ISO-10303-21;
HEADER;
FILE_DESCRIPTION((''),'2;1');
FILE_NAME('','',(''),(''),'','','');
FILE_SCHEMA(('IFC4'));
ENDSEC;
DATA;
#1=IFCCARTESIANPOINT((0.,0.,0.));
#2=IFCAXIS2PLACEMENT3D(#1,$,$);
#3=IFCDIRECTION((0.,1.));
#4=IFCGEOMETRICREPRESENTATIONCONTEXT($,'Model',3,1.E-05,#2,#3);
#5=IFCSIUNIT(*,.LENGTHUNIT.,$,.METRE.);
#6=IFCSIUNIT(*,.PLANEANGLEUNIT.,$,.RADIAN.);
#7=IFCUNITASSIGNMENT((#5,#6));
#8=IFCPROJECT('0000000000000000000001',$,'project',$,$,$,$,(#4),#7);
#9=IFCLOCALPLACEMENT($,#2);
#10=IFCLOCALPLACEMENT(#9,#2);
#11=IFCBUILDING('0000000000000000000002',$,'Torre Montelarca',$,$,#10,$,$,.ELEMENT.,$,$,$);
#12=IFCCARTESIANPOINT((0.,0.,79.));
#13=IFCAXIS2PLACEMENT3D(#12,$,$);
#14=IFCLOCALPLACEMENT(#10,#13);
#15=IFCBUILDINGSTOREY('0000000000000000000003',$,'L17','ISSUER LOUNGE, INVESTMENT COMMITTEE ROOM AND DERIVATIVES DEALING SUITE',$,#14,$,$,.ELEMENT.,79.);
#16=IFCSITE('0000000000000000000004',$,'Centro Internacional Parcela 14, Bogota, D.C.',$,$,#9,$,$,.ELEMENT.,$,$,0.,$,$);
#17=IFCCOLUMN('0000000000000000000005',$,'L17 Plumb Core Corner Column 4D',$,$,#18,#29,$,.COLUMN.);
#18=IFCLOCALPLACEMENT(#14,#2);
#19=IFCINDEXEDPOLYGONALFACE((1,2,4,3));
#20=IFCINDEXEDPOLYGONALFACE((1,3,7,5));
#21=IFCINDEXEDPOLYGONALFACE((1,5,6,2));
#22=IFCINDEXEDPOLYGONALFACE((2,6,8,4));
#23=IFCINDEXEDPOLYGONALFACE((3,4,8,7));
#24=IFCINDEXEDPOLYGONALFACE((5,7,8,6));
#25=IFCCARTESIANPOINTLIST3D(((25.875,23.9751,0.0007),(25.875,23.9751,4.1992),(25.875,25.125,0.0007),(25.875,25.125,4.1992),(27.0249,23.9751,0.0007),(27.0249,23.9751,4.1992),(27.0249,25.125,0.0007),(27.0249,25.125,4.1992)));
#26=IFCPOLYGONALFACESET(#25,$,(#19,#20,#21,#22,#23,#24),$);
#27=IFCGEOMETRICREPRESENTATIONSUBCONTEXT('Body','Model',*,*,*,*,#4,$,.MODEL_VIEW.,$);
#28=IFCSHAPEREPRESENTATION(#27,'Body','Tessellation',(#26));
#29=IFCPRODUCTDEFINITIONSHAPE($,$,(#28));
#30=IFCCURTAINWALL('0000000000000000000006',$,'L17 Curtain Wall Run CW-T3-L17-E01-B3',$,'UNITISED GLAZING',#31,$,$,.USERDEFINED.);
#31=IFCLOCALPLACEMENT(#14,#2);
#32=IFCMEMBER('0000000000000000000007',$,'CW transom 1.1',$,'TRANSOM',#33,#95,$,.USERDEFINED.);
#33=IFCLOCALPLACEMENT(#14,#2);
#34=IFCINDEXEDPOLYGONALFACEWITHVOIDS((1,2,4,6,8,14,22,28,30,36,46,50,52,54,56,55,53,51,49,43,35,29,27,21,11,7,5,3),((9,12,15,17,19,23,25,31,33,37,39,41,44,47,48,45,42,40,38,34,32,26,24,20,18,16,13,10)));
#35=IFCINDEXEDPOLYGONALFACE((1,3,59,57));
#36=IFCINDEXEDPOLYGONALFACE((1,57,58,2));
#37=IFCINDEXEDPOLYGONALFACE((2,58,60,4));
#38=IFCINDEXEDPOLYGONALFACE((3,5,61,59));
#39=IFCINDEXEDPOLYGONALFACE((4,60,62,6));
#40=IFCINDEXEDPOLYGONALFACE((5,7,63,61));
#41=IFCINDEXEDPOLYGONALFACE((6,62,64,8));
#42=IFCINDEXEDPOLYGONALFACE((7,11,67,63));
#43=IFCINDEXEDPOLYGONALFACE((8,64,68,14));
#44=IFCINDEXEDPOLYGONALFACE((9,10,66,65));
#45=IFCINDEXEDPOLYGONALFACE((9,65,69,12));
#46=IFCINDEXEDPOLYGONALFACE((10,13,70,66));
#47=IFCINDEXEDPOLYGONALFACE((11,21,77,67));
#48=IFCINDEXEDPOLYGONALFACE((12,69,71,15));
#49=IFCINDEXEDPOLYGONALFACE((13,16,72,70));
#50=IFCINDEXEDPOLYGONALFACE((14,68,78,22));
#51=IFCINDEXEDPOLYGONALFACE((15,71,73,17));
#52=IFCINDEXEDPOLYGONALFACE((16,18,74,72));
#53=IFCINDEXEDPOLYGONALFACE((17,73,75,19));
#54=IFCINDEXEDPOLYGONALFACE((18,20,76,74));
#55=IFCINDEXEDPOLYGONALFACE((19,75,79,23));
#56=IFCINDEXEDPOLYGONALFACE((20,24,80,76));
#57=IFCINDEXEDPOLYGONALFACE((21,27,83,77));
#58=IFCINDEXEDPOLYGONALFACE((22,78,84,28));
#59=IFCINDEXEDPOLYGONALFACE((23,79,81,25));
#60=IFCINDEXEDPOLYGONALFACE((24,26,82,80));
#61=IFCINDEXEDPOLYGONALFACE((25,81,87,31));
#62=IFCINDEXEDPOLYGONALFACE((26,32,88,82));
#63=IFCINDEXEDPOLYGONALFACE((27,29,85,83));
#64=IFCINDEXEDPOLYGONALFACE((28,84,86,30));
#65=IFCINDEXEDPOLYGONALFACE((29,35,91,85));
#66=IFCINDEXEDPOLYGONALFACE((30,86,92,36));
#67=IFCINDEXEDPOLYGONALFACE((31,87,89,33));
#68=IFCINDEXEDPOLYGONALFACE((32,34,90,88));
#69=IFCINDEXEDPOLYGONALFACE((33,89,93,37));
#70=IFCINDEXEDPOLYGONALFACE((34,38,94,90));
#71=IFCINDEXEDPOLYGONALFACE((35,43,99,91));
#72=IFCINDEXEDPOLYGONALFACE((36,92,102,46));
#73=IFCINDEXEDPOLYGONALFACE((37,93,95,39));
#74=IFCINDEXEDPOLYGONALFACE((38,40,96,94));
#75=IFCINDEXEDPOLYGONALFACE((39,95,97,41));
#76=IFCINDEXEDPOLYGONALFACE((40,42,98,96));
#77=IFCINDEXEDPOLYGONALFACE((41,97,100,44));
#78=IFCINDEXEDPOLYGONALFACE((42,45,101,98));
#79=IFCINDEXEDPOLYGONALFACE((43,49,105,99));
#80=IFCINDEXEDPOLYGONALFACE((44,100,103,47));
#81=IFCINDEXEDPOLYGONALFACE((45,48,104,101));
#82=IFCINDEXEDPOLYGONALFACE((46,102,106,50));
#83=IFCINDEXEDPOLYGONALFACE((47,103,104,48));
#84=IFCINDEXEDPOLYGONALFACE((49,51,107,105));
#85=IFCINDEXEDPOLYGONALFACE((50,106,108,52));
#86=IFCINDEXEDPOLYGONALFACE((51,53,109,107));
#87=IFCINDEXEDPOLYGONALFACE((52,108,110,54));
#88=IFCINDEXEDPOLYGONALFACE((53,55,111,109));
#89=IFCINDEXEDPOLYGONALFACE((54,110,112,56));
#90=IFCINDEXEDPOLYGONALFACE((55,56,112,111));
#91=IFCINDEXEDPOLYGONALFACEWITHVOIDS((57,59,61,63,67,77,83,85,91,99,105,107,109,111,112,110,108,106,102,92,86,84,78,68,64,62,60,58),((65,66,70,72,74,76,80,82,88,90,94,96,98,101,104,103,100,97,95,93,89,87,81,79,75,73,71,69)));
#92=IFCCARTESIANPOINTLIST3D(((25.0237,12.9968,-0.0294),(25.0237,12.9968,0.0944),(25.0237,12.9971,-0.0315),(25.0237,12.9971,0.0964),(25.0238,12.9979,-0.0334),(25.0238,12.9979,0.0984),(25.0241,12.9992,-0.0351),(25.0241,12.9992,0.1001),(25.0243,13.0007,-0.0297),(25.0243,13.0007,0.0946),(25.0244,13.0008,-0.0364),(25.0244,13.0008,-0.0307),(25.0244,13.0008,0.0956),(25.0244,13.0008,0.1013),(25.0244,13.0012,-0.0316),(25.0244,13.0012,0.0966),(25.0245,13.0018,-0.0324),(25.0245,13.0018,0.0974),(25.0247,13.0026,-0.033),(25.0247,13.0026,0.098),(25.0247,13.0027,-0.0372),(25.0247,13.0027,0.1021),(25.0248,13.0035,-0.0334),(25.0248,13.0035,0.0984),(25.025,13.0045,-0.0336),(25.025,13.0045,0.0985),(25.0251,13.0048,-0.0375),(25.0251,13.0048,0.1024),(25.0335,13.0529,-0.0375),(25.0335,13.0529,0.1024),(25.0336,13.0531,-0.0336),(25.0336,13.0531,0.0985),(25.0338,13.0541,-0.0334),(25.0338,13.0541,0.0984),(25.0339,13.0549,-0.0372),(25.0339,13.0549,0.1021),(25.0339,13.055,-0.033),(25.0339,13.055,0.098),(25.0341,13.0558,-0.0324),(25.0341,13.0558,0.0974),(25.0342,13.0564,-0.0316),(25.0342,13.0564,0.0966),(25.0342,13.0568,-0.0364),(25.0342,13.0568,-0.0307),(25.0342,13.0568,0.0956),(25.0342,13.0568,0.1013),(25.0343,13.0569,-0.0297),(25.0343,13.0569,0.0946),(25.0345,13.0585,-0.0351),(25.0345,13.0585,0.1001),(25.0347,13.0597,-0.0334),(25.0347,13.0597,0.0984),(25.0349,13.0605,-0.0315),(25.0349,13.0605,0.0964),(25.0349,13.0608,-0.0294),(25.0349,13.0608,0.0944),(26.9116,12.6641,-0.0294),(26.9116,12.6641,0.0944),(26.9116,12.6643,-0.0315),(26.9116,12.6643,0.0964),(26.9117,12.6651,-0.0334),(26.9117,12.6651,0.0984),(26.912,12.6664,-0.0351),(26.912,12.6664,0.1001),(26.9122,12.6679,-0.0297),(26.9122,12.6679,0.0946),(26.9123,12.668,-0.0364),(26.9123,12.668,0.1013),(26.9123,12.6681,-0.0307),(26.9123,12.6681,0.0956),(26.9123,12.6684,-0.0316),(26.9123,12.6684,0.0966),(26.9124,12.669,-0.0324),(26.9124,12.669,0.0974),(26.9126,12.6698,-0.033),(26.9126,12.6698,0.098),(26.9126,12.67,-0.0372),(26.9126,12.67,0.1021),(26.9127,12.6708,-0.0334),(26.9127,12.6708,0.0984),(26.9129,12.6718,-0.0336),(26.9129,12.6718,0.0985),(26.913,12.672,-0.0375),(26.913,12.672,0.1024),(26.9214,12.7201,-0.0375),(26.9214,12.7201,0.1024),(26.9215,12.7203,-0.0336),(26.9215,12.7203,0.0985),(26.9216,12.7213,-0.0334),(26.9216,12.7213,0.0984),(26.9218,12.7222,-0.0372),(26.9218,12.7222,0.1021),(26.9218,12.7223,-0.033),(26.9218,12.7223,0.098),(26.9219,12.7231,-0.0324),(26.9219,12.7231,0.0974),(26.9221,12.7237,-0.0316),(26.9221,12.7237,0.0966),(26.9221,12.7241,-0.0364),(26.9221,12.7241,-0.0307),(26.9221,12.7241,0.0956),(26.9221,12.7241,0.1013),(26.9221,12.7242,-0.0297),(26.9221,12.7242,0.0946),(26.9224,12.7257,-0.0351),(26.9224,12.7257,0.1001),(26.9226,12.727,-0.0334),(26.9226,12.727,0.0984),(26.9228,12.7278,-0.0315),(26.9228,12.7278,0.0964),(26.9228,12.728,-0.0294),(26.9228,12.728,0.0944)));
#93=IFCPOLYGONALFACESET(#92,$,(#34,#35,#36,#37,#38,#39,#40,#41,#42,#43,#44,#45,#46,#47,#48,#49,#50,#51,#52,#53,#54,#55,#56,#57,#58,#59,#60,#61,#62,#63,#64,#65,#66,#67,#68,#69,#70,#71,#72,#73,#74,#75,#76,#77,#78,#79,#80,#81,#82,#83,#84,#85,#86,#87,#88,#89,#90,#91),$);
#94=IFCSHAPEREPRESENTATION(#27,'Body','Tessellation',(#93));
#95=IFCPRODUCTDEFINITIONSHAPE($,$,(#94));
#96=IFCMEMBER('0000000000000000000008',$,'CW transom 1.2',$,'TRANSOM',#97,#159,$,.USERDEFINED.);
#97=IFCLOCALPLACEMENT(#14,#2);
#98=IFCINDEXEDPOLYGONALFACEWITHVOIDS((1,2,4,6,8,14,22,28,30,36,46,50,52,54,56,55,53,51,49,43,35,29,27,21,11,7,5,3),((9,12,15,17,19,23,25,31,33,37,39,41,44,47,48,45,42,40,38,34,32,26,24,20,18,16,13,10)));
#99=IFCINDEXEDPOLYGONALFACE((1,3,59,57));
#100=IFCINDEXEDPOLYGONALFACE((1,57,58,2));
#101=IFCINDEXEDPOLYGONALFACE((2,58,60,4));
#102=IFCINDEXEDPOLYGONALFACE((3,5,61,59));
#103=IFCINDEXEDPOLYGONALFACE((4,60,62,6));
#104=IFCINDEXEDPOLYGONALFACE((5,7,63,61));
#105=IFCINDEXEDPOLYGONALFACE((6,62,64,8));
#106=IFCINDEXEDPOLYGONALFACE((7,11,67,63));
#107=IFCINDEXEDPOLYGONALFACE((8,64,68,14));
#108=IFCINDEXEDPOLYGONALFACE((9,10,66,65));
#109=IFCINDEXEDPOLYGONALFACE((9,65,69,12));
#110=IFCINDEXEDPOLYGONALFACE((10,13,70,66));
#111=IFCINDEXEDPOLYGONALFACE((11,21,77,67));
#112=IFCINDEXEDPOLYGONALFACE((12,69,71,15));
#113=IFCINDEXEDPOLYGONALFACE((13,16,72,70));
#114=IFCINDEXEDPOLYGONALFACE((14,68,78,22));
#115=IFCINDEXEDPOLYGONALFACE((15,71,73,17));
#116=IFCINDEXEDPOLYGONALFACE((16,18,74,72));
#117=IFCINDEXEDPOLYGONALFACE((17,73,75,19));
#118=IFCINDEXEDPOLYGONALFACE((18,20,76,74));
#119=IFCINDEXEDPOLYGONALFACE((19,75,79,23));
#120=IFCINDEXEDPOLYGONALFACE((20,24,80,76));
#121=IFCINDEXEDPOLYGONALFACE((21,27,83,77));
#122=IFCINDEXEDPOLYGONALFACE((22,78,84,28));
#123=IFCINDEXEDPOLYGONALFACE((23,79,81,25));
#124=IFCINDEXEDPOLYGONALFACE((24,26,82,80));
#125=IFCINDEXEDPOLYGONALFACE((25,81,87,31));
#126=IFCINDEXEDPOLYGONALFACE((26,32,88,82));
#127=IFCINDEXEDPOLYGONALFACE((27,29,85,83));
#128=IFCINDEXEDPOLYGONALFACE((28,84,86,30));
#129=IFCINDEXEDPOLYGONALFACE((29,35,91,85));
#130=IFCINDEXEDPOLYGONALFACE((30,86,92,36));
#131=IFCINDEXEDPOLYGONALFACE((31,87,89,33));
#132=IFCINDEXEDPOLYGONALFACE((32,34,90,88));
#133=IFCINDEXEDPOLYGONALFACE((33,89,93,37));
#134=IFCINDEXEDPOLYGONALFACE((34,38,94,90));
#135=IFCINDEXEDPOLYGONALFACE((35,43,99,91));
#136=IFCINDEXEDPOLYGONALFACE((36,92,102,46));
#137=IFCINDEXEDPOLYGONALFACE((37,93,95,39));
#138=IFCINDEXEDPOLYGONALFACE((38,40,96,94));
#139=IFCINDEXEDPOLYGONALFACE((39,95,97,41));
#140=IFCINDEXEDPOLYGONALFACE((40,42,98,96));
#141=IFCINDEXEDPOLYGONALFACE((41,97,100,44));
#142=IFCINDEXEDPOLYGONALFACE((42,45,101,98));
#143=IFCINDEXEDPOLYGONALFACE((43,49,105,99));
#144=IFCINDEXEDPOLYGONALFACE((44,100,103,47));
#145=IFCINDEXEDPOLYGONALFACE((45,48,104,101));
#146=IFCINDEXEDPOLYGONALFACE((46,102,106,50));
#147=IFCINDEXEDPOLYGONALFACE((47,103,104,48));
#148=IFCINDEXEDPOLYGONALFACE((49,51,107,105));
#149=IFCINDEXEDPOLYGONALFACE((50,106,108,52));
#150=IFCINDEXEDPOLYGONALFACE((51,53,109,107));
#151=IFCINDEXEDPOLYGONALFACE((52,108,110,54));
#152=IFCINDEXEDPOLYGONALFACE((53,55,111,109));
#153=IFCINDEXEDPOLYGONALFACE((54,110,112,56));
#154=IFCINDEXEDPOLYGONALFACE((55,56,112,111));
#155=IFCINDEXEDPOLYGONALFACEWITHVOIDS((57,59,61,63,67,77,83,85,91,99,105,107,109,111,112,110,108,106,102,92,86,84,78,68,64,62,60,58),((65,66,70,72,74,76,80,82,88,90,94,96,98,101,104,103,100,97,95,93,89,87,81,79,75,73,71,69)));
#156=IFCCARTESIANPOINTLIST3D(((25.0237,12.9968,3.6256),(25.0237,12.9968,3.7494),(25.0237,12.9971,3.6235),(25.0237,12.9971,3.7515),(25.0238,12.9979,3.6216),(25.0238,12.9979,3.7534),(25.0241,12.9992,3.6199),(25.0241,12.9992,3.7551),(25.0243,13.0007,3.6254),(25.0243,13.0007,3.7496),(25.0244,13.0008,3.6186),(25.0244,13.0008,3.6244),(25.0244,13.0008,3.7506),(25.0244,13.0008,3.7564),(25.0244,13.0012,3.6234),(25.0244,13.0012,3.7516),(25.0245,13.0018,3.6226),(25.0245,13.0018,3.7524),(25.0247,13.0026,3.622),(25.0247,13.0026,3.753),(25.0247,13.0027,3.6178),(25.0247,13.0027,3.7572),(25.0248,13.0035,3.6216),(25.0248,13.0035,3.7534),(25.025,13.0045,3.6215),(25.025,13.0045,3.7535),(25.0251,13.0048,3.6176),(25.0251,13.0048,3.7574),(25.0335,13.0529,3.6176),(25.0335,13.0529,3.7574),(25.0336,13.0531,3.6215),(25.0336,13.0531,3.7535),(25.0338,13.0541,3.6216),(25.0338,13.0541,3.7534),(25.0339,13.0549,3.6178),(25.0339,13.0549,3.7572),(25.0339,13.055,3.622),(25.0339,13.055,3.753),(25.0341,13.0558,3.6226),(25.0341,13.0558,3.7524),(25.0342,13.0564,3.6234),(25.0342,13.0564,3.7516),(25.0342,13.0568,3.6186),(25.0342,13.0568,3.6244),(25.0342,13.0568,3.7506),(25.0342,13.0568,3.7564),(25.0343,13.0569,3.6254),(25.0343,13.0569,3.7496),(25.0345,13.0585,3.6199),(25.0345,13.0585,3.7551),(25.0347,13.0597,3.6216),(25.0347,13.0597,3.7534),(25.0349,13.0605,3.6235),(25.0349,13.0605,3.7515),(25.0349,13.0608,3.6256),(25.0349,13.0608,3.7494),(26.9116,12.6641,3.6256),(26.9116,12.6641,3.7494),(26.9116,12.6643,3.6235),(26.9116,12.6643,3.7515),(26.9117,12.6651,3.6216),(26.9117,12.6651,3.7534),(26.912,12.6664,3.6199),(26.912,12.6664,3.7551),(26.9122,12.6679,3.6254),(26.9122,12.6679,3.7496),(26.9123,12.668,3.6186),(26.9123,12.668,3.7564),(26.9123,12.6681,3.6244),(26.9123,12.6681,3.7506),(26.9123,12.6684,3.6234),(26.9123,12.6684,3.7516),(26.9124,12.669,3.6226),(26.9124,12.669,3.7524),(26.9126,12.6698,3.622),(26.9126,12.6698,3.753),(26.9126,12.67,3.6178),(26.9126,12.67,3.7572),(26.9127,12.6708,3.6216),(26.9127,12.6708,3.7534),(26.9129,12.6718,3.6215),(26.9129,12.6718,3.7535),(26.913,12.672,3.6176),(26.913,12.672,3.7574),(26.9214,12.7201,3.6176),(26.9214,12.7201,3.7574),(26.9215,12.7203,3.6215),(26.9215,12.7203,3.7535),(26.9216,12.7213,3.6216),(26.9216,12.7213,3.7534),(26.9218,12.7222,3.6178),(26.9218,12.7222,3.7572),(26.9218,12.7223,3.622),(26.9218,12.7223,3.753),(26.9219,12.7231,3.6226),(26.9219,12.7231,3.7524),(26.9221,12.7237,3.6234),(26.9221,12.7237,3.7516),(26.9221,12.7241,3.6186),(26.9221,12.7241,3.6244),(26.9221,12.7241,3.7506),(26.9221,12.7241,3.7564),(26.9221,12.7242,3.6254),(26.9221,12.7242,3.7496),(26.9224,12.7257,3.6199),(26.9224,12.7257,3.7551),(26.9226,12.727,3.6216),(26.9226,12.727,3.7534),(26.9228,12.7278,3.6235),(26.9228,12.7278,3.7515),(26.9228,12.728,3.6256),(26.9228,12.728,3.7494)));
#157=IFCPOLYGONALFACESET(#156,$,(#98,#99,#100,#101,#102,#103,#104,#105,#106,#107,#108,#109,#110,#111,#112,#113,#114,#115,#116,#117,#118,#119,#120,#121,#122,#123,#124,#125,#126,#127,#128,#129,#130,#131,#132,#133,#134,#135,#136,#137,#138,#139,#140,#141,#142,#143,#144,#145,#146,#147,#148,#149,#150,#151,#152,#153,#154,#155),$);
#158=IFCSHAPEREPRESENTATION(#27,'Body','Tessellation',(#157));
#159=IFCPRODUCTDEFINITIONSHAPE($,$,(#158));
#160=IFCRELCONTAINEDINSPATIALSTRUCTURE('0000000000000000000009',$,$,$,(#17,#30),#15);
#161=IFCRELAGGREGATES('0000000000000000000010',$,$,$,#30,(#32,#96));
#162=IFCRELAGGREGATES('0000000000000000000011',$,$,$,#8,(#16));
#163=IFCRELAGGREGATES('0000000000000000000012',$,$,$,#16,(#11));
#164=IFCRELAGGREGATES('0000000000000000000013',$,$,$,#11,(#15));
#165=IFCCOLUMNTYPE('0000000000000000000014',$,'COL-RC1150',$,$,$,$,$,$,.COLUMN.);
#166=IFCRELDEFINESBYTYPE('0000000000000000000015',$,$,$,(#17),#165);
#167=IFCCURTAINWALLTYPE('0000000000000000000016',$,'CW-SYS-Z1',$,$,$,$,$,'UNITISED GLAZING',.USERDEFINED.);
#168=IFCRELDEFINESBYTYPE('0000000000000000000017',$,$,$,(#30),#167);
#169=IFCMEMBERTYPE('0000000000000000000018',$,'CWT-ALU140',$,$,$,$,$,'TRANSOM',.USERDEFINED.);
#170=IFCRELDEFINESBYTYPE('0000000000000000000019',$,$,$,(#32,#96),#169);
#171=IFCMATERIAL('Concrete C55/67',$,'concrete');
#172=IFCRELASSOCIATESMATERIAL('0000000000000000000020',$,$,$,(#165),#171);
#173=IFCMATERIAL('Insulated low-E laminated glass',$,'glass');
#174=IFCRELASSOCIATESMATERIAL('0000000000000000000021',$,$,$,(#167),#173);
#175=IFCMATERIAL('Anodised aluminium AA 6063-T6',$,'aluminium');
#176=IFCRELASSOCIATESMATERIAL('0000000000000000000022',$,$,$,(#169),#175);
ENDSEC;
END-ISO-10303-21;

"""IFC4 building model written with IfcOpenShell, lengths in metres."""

from ifc_helpers import new_model, si_unit, direction, frame, origin, origin_2d, place, context, subcontext, project, spatial, rectangle, hollow_rectangle, extrude, source, transform, mapped, material, material_profile, profile_set, type_object, element, aggregate, save


model = new_model("IFC4")

# Units and contexts
model_context = context("Model", 3, precision=1e-05, world=origin(), true_north=direction((0.0, 1.0)))
body_context = subcontext(model_context, "Body", "Model", "MODEL_VIEW")
ifc_project = project(units=[si_unit("LENGTHUNIT", "METRE"), si_unit("PLANEANGLEUNIT", "RADIAN")], contexts=[model_context])

# Site, building, storey
site_placement = place(None, origin())
site = spatial("IfcSite", under=ifc_project, at=site_placement, Name="Centro Internacional Parcela 14, Bogota, D.C.", CompositionType="ELEMENT", RefElevation=0.0)
building_placement = place(site_placement, origin())
building = spatial("IfcBuilding", under=site, at=building_placement, Name="Torre Montelarca", CompositionType="ELEMENT")
storey_placement = place(building_placement, frame((0.0, 0.0, 79.0)))
storey = spatial("IfcBuildingStorey", under=building, at=storey_placement, Name="L17", Description="ISSUER LOUNGE, INVESTMENT COMMITTEE ROOM AND DERIVATIVES DEALING SUITE", CompositionType="ELEMENT", Elevation=79.0)

# Column
ifc_material_1 = material(Name="Concrete C55/67", Category="concrete")
ifc_material_profile_1 = material_profile(ifc_material_1, rectangle(XDim=1.1499, YDim=1.1499, at=origin_2d()), Name="RC1150X1150", Category="concrete")
ifc_profile_set_1 = profile_set([ifc_material_profile_1], Name="Concrete C55/67")
column_type_1 = type_object("IfcColumnType", Name="COL-RC1150", PredefinedType="COLUMN", material=ifc_profile_set_1)
shared_shape_1 = source(origin(), body_context, "Body", "SweptSolid", [
    extrude(rectangle(XDim=1.1499, YDim=1.1499, at=origin_2d()), origin(), (0.0, 0.0, 1.0), 4.1985),
])
column_1_placement = place(storey_placement, frame((26.45, 24.55, 0.0007), z_axis=(0.0, 0.0, 1.0), x_axis=(1.0, 0.0, 0.0)))
element("IfcColumn", 1, at=column_1_placement, inside=storey, type_object=column_type_1, Name="L17 Plumb Core Corner Column 4D", PredefinedType="COLUMN", context=body_context, shape_type="MappedRepresentation", body=[
    mapped(shared_shape_1, transform((0.0, 0.0, 0.0), scale=1.0)),
])

# Curtain wall, members
ifc_material_2 = material(Name="Insulated low-E laminated glass", Category="glass")
curtain_wall_type = type_object("IfcCurtainWallType", Name="CW-SYS-Z1", ElementType="UNITISED GLAZING", PredefinedType="USERDEFINED", material=ifc_material_2)
curtain_wall_1_placement = place(storey_placement, origin())
curtain_wall_1 = element("IfcCurtainWall", 2, at=curtain_wall_1_placement, inside=storey, type_object=curtain_wall_type, Name="L17 Curtain Wall Run CW-T3-L17-E01-B3", ObjectType="UNITISED GLAZING", PredefinedType="USERDEFINED")
ifc_material_3 = material(Name="Anodised aluminium AA 6063-T6", Category="aluminium")
ifc_material_profile_2 = material_profile(ifc_material_3, hollow_rectangle(XDim=0.0649, YDim=0.1399, WallThickness=0.0039, InnerFilletRadius=0.0039, OuterFilletRadius=0.0081, at=origin_2d()), Name="ALU65X140X4", Category="aluminium")
ifc_profile_set_2 = profile_set([ifc_material_profile_2], Name="Anodised aluminium AA 6063-T6")
member_type_1 = type_object("IfcMemberType", Name="CWT-ALU140", ElementType="TRANSOM", PredefinedType="USERDEFINED", material=ifc_profile_set_2)
shared_shape_2 = source(origin(), body_context, "Body", "SweptSolid", [
    extrude(hollow_rectangle(XDim=0.0649, YDim=0.1399, WallThickness=0.0039, InnerFilletRadius=0.0039, OuterFilletRadius=0.0081, at=origin_2d()), origin(), (0.0, 0.0, 1.0), 1.917),
])
member_1_placement = place(storey_placement, frame((25.0293, 13.0288, 0.0325), z_axis=(0.984819, -0.173582, 0.0), x_axis=(0.173582, 0.984819, 0.0)))
member_1 = element("IfcMember", 3, at=member_1_placement, type_object=member_type_1, Name="CW transom 1.1", ObjectType="TRANSOM", PredefinedType="USERDEFINED", context=body_context, shape_type="MappedRepresentation", body=[
    mapped(shared_shape_2, transform((0.0, 0.0, 0.0), scale=1.0)),
])
member_2_placement = place(storey_placement, frame((25.0293, 13.0288, 3.6875), z_axis=(0.984819, -0.173582, 0.0), x_axis=(0.173582, 0.984819, 0.0)))
member_2 = element("IfcMember", 4, at=member_2_placement, type_object=member_type_1, Name="CW transom 1.2", ObjectType="TRANSOM", PredefinedType="USERDEFINED", context=body_context, shape_type="MappedRepresentation", body=[
    mapped(shared_shape_2, transform((0.0, 0.0, 0.0), scale=1.0)),
])

aggregate(curtain_wall_1, [member_1, member_2])

save(model, "model.ifc")
